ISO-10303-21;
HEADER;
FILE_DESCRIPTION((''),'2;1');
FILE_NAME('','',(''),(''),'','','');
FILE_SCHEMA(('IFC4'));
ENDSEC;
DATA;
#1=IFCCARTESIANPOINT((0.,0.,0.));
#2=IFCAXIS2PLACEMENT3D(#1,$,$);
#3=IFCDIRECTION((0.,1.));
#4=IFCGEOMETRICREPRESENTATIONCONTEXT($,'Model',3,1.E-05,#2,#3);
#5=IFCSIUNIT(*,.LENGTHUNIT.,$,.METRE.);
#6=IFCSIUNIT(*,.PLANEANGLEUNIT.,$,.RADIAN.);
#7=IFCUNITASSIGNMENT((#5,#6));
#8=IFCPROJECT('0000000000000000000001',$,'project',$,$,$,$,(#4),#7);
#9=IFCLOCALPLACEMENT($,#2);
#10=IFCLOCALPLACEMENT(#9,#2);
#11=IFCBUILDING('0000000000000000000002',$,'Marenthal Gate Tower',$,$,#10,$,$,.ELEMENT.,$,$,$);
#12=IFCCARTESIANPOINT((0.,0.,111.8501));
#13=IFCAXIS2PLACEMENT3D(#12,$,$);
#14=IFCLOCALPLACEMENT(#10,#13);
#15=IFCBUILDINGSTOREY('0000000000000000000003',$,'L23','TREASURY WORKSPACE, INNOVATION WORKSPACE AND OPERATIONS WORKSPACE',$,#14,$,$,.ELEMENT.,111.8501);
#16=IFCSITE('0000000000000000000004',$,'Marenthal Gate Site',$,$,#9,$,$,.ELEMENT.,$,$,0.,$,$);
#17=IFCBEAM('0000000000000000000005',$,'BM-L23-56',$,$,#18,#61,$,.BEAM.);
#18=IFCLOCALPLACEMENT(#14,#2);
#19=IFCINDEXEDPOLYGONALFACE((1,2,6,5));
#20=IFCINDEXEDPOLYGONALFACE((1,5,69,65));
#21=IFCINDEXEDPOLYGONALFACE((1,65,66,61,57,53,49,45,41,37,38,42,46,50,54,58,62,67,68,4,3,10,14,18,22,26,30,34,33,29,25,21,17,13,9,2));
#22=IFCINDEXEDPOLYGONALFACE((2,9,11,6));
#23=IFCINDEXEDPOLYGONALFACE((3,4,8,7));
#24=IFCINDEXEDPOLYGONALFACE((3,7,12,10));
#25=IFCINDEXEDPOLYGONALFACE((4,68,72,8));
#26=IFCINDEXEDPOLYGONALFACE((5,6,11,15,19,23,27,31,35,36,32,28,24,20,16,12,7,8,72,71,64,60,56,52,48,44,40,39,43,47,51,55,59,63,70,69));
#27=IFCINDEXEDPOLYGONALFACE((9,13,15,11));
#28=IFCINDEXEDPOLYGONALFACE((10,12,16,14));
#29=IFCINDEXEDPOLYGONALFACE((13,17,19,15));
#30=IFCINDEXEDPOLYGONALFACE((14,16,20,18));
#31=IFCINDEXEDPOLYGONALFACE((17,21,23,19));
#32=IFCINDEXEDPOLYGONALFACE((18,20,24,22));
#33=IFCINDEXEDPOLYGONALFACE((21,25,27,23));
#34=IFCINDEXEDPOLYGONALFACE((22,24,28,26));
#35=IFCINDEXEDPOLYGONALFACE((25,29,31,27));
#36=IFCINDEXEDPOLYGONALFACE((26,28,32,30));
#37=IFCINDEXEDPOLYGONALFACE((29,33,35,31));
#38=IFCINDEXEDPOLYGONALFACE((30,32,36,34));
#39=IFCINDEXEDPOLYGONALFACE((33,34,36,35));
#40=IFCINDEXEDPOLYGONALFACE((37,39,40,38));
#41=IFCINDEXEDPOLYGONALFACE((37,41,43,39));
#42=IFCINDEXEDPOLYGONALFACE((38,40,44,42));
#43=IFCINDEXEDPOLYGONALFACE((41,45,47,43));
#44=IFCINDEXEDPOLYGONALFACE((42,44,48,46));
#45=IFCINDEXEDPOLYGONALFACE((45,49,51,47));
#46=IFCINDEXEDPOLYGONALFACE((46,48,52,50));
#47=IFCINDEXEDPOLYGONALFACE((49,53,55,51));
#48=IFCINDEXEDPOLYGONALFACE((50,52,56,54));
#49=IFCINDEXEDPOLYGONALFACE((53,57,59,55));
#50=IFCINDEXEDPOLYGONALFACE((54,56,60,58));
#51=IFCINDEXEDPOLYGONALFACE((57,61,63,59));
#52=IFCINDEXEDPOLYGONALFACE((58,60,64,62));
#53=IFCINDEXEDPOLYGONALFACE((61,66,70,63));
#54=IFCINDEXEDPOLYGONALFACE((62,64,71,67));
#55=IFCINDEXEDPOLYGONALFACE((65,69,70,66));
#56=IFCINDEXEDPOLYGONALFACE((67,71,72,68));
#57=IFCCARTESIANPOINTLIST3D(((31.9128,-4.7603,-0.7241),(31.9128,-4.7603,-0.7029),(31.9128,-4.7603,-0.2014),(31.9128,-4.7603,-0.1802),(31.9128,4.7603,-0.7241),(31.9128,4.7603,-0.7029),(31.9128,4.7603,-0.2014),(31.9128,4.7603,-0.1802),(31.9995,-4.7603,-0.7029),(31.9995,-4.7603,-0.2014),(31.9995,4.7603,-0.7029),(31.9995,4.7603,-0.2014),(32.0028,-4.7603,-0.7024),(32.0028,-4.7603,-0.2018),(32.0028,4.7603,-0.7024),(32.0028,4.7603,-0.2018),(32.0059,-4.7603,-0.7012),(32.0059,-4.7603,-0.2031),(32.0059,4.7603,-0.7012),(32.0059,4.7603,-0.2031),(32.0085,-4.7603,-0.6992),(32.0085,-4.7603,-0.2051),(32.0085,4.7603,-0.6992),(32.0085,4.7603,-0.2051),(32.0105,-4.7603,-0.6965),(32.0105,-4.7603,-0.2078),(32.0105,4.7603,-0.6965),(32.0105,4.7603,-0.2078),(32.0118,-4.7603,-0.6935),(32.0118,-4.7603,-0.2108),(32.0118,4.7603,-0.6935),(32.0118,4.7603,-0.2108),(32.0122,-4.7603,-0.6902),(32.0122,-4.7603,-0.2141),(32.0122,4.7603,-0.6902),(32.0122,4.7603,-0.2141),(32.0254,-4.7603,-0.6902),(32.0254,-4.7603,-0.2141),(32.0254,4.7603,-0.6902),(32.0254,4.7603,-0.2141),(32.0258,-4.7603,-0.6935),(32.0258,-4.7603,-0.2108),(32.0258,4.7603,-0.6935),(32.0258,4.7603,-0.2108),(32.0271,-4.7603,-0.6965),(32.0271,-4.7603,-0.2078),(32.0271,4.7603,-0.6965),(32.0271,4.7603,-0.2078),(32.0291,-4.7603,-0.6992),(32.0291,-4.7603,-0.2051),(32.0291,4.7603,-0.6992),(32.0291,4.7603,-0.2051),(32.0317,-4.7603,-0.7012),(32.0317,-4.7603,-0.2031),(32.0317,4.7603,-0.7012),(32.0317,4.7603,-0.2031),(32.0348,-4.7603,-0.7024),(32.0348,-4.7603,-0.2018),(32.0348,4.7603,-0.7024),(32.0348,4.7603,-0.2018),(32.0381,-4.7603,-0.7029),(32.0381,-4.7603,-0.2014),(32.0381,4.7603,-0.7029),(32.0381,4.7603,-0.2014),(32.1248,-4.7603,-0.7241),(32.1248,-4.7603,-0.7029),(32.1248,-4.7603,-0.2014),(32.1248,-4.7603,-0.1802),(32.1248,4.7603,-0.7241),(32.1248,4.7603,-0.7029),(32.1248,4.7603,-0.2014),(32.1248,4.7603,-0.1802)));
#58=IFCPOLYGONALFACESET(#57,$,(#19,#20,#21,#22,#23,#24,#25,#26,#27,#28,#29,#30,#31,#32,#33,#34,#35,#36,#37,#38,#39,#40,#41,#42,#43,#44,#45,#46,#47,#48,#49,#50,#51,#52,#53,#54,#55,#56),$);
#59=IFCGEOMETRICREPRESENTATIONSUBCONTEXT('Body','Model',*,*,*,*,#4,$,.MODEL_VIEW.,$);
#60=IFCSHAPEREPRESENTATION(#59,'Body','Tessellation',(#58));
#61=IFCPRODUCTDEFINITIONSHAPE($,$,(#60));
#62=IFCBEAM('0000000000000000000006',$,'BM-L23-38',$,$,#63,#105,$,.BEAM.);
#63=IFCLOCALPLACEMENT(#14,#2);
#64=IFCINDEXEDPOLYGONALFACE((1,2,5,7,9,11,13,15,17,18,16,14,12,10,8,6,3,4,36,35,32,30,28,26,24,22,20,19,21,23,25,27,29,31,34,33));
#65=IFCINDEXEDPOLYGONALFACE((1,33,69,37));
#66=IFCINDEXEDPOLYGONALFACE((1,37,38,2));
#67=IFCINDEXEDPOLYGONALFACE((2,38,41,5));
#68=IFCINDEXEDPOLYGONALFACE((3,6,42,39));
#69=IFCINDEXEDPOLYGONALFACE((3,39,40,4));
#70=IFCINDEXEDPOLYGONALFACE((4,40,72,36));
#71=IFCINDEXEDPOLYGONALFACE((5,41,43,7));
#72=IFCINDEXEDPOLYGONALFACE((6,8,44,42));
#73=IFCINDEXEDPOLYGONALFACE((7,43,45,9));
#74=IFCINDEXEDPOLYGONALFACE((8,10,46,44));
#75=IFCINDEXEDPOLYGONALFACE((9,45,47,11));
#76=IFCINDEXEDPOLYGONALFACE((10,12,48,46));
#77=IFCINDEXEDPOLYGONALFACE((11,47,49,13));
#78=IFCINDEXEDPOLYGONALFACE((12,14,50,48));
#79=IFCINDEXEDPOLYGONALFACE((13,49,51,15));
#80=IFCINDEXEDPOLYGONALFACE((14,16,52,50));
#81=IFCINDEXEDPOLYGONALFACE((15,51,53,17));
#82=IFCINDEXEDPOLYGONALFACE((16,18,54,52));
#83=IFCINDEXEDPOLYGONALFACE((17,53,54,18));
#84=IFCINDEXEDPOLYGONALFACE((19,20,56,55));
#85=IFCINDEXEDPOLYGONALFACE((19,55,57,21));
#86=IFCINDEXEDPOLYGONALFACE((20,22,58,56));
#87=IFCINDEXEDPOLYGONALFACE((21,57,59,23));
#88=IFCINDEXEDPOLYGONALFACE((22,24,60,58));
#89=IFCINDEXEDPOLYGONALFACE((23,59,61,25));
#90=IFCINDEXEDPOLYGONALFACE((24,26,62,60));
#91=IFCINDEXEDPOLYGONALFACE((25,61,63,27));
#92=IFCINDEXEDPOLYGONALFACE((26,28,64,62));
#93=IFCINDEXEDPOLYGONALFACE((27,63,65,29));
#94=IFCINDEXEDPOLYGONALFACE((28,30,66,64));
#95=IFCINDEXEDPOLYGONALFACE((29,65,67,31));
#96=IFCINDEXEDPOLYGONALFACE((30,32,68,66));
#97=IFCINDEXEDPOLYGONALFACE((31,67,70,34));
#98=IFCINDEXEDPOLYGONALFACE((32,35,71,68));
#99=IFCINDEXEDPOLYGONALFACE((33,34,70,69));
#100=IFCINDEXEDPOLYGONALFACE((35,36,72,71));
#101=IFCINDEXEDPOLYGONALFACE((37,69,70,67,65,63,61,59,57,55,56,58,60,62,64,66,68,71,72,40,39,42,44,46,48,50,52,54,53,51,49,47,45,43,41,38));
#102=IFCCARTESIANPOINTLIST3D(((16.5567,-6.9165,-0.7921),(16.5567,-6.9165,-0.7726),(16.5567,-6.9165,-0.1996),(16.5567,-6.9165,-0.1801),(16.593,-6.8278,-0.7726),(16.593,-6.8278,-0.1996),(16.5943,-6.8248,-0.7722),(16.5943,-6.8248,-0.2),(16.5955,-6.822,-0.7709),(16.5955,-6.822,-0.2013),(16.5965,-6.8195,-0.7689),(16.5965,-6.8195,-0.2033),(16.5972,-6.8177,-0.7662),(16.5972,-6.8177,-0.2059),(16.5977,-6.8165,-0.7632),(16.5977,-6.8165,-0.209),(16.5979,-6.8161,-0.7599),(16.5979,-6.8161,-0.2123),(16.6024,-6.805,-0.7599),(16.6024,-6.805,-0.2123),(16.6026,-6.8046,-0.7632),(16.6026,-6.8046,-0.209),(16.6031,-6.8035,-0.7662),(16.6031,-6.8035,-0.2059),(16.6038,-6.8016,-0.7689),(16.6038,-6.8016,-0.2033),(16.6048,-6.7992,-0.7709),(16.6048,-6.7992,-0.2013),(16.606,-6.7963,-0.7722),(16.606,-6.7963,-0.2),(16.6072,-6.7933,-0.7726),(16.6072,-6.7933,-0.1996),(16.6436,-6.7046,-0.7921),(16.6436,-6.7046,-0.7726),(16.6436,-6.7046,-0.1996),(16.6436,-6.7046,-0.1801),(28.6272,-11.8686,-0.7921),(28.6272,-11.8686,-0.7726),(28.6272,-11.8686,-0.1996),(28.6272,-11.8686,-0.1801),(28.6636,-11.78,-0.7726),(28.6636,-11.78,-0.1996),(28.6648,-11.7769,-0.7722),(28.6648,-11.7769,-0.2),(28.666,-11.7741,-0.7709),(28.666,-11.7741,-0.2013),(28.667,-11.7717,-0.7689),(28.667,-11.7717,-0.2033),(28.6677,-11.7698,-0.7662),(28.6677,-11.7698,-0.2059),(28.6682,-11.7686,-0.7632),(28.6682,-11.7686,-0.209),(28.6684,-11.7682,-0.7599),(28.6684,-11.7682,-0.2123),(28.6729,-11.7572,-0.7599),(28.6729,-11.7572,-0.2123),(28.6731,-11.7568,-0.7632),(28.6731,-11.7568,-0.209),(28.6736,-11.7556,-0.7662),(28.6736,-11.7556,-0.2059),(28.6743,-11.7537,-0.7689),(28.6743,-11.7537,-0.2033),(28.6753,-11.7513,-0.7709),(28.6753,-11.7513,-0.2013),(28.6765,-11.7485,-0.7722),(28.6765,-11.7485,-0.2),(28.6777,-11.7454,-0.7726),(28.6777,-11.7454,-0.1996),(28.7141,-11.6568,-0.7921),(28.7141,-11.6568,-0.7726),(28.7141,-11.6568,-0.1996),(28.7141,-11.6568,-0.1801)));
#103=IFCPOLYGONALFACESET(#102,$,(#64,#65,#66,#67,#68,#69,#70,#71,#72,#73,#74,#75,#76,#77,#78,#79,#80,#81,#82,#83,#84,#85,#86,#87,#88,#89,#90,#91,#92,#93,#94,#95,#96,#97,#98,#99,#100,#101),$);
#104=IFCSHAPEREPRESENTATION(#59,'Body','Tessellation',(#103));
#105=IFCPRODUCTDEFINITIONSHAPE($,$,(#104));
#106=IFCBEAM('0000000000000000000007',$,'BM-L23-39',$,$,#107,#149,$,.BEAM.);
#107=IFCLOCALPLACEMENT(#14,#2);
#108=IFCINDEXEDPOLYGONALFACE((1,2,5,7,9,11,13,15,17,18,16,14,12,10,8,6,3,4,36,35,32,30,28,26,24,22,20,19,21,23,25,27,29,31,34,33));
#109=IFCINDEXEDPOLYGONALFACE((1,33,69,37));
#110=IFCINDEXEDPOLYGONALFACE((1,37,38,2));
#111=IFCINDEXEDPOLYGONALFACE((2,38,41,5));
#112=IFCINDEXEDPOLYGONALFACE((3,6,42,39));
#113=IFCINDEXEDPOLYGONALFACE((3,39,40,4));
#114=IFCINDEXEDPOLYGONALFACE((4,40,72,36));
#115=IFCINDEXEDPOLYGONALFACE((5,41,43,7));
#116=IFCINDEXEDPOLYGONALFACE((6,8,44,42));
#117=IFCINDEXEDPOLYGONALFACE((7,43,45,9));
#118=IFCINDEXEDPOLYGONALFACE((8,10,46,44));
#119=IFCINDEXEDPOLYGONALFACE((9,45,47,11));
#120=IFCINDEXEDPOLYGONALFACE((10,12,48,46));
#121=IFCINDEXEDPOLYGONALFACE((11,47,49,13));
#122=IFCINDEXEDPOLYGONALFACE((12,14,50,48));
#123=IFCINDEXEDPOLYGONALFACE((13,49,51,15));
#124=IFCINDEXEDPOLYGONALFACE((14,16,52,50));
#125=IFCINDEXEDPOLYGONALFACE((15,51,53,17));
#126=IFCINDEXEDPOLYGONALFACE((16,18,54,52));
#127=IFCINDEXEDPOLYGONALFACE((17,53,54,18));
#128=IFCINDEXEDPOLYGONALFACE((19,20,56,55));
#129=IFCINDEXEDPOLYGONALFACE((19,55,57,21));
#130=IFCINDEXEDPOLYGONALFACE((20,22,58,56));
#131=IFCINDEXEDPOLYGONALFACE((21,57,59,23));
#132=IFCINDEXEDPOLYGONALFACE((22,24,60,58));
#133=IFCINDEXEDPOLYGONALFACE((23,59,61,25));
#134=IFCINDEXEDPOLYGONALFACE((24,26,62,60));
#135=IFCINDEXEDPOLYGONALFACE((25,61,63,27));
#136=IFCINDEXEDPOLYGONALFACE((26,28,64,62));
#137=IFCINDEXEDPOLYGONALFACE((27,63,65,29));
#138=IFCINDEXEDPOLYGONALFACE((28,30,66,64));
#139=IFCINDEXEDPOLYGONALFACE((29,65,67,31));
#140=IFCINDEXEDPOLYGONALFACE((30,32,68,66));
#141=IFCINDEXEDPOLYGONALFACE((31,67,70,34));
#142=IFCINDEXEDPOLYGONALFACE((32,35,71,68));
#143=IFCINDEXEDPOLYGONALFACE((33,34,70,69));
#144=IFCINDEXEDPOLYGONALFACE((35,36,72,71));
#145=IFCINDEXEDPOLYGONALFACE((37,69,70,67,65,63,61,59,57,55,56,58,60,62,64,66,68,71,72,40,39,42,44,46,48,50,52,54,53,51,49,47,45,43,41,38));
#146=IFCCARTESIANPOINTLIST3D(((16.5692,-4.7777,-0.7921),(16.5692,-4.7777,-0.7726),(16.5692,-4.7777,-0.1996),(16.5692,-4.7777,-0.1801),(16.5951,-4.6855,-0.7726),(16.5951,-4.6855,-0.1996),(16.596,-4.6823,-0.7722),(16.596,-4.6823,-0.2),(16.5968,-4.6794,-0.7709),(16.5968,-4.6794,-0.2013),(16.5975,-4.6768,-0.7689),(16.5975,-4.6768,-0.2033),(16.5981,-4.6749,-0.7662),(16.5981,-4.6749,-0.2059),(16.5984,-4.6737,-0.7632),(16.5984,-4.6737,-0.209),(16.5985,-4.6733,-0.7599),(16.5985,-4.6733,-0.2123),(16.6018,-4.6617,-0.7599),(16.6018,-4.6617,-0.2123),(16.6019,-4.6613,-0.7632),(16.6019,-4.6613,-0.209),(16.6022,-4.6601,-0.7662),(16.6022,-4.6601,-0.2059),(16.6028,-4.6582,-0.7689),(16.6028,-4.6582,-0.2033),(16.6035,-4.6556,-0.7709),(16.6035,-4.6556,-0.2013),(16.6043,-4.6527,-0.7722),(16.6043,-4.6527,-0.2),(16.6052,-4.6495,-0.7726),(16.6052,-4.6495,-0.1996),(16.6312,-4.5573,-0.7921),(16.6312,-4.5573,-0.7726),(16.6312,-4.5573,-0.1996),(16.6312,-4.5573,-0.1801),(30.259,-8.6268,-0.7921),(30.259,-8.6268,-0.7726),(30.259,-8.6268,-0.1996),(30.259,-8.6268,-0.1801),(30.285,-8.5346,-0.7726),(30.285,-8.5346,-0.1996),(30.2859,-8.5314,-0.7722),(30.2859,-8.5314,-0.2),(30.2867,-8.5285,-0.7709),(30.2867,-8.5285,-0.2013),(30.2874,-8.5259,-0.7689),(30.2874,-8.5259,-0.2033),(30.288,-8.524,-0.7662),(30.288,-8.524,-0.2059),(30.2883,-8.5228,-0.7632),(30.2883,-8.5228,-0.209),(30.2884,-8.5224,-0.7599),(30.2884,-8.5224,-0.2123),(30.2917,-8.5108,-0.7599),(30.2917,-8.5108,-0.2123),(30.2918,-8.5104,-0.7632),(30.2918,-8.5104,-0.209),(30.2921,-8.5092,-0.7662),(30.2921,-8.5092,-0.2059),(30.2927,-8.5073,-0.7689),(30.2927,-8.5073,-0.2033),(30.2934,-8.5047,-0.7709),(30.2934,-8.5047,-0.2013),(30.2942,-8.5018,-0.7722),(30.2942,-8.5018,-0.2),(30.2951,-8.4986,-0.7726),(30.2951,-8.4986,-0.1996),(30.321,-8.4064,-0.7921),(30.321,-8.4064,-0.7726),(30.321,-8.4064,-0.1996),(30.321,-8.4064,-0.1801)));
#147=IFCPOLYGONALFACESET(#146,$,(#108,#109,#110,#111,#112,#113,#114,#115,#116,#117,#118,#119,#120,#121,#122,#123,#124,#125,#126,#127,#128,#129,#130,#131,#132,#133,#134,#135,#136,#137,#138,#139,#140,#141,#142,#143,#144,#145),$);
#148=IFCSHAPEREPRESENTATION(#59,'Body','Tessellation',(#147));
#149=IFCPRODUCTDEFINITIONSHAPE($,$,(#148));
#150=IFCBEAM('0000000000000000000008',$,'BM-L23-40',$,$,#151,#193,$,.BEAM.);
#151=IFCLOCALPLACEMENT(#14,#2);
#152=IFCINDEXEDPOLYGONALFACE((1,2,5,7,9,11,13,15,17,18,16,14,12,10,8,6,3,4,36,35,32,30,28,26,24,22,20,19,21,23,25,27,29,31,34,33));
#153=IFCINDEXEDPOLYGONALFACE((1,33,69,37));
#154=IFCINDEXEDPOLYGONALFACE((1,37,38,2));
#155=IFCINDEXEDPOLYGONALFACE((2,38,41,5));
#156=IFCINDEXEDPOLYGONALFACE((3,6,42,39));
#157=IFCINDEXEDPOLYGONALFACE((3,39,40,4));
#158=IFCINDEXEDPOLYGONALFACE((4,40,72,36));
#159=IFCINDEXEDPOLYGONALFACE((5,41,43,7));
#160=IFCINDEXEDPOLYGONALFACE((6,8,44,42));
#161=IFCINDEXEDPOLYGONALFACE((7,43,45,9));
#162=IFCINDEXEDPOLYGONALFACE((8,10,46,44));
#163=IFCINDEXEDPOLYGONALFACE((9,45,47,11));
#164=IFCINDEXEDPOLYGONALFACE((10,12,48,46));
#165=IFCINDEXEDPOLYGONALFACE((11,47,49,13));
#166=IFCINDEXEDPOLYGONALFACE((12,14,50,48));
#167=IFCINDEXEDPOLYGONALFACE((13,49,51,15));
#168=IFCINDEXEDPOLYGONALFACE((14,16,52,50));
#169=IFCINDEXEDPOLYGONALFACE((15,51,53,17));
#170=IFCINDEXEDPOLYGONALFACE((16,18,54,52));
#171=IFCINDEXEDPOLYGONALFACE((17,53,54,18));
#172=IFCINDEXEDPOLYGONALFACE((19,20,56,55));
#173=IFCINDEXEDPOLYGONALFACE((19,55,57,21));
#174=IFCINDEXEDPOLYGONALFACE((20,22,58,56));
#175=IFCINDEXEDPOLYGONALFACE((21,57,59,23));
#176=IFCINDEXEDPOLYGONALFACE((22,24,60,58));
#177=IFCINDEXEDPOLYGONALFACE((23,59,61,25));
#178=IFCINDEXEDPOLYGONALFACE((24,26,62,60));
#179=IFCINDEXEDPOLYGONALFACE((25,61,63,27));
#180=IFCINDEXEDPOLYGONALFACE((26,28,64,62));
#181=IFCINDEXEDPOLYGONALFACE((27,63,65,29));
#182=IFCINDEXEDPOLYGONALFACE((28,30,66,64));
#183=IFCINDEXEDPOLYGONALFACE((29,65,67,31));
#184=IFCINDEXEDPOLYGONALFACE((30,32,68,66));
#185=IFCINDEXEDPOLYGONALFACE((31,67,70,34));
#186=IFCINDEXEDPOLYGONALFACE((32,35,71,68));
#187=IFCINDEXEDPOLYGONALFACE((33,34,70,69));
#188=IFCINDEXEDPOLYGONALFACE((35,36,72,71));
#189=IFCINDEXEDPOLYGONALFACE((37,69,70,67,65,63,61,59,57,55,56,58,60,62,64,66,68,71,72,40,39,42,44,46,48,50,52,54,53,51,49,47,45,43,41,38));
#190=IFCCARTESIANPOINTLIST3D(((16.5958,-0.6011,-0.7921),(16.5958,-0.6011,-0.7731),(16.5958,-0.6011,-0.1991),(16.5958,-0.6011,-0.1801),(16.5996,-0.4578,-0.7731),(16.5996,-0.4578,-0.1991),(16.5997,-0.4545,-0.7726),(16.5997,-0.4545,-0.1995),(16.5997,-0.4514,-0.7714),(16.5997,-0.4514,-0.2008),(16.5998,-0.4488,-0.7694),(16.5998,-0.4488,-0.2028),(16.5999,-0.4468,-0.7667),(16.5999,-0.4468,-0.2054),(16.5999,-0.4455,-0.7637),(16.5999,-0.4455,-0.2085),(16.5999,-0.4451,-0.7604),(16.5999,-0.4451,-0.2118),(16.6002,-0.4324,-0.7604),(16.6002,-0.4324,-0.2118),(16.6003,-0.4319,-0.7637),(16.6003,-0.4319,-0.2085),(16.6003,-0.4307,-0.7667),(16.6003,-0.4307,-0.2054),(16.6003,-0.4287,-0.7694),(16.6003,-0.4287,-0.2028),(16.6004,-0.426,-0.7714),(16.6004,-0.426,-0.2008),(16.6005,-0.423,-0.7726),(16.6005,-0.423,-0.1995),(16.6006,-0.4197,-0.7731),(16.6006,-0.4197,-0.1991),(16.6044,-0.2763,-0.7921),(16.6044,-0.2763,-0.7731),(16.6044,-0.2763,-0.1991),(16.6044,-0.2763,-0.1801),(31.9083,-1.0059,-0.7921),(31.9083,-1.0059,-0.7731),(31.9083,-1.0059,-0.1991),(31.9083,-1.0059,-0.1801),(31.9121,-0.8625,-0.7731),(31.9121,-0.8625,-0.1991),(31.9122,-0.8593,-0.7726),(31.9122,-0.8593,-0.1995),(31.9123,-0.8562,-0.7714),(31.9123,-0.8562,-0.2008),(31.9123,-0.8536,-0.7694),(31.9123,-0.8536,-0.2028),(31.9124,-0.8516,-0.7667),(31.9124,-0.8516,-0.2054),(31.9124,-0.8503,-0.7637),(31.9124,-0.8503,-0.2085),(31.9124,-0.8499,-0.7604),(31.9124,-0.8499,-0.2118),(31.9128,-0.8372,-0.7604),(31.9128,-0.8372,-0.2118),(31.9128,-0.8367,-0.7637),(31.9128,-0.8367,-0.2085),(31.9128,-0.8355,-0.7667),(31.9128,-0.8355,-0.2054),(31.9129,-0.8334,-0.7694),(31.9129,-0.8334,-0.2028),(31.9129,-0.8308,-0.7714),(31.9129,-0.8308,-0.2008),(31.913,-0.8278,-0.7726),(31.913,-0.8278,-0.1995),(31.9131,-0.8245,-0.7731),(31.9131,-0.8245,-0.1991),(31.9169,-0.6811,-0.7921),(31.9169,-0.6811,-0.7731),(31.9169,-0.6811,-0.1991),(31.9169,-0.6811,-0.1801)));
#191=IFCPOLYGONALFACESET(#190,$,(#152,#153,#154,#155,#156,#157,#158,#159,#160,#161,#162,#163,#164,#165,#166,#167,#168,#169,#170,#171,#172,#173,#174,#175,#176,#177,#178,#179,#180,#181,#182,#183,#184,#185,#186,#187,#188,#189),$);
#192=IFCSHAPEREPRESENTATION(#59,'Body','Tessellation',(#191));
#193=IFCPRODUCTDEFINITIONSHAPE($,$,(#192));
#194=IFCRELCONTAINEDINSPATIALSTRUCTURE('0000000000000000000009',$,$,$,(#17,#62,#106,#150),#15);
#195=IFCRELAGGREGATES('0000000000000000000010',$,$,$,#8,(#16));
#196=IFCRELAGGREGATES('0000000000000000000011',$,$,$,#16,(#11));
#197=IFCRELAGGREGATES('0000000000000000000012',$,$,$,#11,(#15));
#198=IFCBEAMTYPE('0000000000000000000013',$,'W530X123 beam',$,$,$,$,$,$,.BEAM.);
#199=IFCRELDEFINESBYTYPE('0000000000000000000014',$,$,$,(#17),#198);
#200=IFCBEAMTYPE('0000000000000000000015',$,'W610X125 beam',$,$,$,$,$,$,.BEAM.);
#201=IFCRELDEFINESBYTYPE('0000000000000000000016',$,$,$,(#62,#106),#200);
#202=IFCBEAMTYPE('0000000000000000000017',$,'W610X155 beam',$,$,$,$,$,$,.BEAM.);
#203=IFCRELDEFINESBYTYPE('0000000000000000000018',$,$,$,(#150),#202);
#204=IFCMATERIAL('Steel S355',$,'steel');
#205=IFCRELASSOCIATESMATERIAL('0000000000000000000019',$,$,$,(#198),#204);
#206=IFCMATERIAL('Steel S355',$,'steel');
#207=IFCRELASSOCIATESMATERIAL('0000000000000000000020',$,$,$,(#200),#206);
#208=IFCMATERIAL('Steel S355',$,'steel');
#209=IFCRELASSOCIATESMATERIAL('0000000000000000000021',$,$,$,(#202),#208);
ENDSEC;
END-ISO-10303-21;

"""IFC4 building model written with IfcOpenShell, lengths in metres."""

from ifc_helpers import new_model, si_unit, direction, frame, origin, origin_2d, place, context, subcontext, project, spatial, i_section, extrude, material, material_profile, profile_set, type_object, element, save


model = new_model("IFC4")

# Units and contexts
model_context = context("Model", 3, precision=1e-05, world=origin(), true_north=direction((0.0, 1.0)))
body_context = subcontext(model_context, "Body", "Model", "MODEL_VIEW")
ifc_project = project(units=[si_unit("LENGTHUNIT", "METRE"), si_unit("PLANEANGLEUNIT", "RADIAN")], contexts=[model_context])

# Site, building, storey
site_placement = place(None, origin())
site = spatial("IfcSite", under=ifc_project, at=site_placement, Name="Marenthal Gate Site", CompositionType="ELEMENT", RefElevation=0.0)
building_placement = place(site_placement, origin())
building = spatial("IfcBuilding", under=site, at=building_placement, Name="Marenthal Gate Tower", CompositionType="ELEMENT")
storey_placement = place(building_placement, frame((0.0, 0.0, 111.8501)))
storey = spatial("IfcBuildingStorey", under=building, at=storey_placement, Name="L23", Description="TREASURY WORKSPACE, INNOVATION WORKSPACE AND OPERATIONS WORKSPACE", CompositionType="ELEMENT", Elevation=111.8501)

# Beams
ifc_material_1 = material(Name="Steel S355", Category="steel")
ifc_material_profile_1 = material_profile(ifc_material_1, i_section(OverallWidth=0.2119, OverallDepth=0.5439, WebThickness=0.0132, FlangeThickness=0.0212, FilletRadius=0.0127, at=origin_2d()), Name="W530X123")
ifc_profile_set_1 = profile_set([ifc_material_profile_1], Name="Steel S355")
beam_type_1 = type_object("IfcBeamType", Name="W530X123 beam", PredefinedType="BEAM", material=ifc_profile_set_1)
beam_1_placement = place(storey_placement, frame((32.0188, -4.7603, -0.4521), z_axis=(0.0, 1.0, 0.0), x_axis=(-1.0, 0.0, 0.0)))
element("IfcBeam", 1, at=beam_1_placement, inside=storey, type_object=beam_type_1, Name="BM-L23-56", PredefinedType="BEAM", context=body_context, shape_type="SweptSolid", body=[
    extrude(i_section(OverallWidth=0.2119, OverallDepth=0.5439, WebThickness=0.0132, FlangeThickness=0.0212, FilletRadius=0.0127, at=origin_2d()), origin(), (0.0, 0.0, 1.0), 9.5205),
])
ifc_material_2 = material(Name="Steel S355", Category="steel")
ifc_material_profile_2 = material_profile(ifc_material_2, i_section(OverallWidth=0.229, OverallDepth=0.6121, WebThickness=0.012, FlangeThickness=0.0195, FilletRadius=0.0127, at=origin_2d()), Name="W610X125")
ifc_profile_set_2 = profile_set([ifc_material_profile_2], Name="Steel S355")
beam_type_2 = type_object("IfcBeamType", Name="W610X125 beam", PredefinedType="BEAM", material=ifc_profile_set_2)
beam_2_placement = place(storey_placement, frame((28.6707, -11.7627, -0.4861), z_axis=(-0.925165, 0.379565, 0.0), x_axis=(-0.379565, -0.925165, 0.0)))
element("IfcBeam", 2, at=beam_2_placement, inside=storey, type_object=beam_type_2, Name="BM-L23-38", PredefinedType="BEAM", context=body_context, shape_type="SweptSolid", body=[
    extrude(i_section(OverallWidth=0.229, OverallDepth=0.6121, WebThickness=0.012, FlangeThickness=0.0195, FilletRadius=0.0127, at=origin_2d()), origin(), (0.0, 0.0, 1.0), 13.0469),
])
beam_3_placement = place(storey_placement, frame((30.29, -8.5166, -0.4861), z_axis=(-0.962672, 0.270669, 0.0), x_axis=(-0.270669, -0.962672, 0.0)))
element("IfcBeam", 3, at=beam_3_placement, inside=storey, type_object=beam_type_2, Name="BM-L23-39", PredefinedType="BEAM", context=body_context, shape_type="SweptSolid", body=[
    extrude(i_section(OverallWidth=0.229, OverallDepth=0.6121, WebThickness=0.012, FlangeThickness=0.0195, FilletRadius=0.0127, at=origin_2d()), origin(), (0.0, 0.0, 1.0), 14.2207),
])
ifc_material_3 = material(Name="Steel S355", Category="steel")
ifc_material_profile_3 = material_profile(ifc_material_3, i_section(OverallWidth=0.325, OverallDepth=0.6121, WebThickness=0.0127, FlangeThickness=0.019, FilletRadius=0.0127, at=origin_2d()), Name="W610X155")
ifc_profile_set_3 = profile_set([ifc_material_profile_3], Name="Steel S355")
beam_type_3 = type_object("IfcBeamType", Name="W610X155 beam", PredefinedType="BEAM", material=ifc_profile_set_3)
beam_4_placement = place(storey_placement, frame((31.9126, -0.8435, -0.4861), z_axis=(-0.999651, 0.026426, 0.0), x_axis=(-0.026426, -0.999651, 0.0)))
element("IfcBeam", 4, at=beam_4_placement, inside=storey, type_object=beam_type_3, Name="BM-L23-40", PredefinedType="BEAM", context=body_context, shape_type="SweptSolid", body=[
    extrude(i_section(OverallWidth=0.325, OverallDepth=0.6121, WebThickness=0.0127, FlangeThickness=0.019, FilletRadius=0.0127, at=origin_2d()), origin(), (0.0, 0.0, 1.0), 15.3179),
])

save(model, "model.ifc")
